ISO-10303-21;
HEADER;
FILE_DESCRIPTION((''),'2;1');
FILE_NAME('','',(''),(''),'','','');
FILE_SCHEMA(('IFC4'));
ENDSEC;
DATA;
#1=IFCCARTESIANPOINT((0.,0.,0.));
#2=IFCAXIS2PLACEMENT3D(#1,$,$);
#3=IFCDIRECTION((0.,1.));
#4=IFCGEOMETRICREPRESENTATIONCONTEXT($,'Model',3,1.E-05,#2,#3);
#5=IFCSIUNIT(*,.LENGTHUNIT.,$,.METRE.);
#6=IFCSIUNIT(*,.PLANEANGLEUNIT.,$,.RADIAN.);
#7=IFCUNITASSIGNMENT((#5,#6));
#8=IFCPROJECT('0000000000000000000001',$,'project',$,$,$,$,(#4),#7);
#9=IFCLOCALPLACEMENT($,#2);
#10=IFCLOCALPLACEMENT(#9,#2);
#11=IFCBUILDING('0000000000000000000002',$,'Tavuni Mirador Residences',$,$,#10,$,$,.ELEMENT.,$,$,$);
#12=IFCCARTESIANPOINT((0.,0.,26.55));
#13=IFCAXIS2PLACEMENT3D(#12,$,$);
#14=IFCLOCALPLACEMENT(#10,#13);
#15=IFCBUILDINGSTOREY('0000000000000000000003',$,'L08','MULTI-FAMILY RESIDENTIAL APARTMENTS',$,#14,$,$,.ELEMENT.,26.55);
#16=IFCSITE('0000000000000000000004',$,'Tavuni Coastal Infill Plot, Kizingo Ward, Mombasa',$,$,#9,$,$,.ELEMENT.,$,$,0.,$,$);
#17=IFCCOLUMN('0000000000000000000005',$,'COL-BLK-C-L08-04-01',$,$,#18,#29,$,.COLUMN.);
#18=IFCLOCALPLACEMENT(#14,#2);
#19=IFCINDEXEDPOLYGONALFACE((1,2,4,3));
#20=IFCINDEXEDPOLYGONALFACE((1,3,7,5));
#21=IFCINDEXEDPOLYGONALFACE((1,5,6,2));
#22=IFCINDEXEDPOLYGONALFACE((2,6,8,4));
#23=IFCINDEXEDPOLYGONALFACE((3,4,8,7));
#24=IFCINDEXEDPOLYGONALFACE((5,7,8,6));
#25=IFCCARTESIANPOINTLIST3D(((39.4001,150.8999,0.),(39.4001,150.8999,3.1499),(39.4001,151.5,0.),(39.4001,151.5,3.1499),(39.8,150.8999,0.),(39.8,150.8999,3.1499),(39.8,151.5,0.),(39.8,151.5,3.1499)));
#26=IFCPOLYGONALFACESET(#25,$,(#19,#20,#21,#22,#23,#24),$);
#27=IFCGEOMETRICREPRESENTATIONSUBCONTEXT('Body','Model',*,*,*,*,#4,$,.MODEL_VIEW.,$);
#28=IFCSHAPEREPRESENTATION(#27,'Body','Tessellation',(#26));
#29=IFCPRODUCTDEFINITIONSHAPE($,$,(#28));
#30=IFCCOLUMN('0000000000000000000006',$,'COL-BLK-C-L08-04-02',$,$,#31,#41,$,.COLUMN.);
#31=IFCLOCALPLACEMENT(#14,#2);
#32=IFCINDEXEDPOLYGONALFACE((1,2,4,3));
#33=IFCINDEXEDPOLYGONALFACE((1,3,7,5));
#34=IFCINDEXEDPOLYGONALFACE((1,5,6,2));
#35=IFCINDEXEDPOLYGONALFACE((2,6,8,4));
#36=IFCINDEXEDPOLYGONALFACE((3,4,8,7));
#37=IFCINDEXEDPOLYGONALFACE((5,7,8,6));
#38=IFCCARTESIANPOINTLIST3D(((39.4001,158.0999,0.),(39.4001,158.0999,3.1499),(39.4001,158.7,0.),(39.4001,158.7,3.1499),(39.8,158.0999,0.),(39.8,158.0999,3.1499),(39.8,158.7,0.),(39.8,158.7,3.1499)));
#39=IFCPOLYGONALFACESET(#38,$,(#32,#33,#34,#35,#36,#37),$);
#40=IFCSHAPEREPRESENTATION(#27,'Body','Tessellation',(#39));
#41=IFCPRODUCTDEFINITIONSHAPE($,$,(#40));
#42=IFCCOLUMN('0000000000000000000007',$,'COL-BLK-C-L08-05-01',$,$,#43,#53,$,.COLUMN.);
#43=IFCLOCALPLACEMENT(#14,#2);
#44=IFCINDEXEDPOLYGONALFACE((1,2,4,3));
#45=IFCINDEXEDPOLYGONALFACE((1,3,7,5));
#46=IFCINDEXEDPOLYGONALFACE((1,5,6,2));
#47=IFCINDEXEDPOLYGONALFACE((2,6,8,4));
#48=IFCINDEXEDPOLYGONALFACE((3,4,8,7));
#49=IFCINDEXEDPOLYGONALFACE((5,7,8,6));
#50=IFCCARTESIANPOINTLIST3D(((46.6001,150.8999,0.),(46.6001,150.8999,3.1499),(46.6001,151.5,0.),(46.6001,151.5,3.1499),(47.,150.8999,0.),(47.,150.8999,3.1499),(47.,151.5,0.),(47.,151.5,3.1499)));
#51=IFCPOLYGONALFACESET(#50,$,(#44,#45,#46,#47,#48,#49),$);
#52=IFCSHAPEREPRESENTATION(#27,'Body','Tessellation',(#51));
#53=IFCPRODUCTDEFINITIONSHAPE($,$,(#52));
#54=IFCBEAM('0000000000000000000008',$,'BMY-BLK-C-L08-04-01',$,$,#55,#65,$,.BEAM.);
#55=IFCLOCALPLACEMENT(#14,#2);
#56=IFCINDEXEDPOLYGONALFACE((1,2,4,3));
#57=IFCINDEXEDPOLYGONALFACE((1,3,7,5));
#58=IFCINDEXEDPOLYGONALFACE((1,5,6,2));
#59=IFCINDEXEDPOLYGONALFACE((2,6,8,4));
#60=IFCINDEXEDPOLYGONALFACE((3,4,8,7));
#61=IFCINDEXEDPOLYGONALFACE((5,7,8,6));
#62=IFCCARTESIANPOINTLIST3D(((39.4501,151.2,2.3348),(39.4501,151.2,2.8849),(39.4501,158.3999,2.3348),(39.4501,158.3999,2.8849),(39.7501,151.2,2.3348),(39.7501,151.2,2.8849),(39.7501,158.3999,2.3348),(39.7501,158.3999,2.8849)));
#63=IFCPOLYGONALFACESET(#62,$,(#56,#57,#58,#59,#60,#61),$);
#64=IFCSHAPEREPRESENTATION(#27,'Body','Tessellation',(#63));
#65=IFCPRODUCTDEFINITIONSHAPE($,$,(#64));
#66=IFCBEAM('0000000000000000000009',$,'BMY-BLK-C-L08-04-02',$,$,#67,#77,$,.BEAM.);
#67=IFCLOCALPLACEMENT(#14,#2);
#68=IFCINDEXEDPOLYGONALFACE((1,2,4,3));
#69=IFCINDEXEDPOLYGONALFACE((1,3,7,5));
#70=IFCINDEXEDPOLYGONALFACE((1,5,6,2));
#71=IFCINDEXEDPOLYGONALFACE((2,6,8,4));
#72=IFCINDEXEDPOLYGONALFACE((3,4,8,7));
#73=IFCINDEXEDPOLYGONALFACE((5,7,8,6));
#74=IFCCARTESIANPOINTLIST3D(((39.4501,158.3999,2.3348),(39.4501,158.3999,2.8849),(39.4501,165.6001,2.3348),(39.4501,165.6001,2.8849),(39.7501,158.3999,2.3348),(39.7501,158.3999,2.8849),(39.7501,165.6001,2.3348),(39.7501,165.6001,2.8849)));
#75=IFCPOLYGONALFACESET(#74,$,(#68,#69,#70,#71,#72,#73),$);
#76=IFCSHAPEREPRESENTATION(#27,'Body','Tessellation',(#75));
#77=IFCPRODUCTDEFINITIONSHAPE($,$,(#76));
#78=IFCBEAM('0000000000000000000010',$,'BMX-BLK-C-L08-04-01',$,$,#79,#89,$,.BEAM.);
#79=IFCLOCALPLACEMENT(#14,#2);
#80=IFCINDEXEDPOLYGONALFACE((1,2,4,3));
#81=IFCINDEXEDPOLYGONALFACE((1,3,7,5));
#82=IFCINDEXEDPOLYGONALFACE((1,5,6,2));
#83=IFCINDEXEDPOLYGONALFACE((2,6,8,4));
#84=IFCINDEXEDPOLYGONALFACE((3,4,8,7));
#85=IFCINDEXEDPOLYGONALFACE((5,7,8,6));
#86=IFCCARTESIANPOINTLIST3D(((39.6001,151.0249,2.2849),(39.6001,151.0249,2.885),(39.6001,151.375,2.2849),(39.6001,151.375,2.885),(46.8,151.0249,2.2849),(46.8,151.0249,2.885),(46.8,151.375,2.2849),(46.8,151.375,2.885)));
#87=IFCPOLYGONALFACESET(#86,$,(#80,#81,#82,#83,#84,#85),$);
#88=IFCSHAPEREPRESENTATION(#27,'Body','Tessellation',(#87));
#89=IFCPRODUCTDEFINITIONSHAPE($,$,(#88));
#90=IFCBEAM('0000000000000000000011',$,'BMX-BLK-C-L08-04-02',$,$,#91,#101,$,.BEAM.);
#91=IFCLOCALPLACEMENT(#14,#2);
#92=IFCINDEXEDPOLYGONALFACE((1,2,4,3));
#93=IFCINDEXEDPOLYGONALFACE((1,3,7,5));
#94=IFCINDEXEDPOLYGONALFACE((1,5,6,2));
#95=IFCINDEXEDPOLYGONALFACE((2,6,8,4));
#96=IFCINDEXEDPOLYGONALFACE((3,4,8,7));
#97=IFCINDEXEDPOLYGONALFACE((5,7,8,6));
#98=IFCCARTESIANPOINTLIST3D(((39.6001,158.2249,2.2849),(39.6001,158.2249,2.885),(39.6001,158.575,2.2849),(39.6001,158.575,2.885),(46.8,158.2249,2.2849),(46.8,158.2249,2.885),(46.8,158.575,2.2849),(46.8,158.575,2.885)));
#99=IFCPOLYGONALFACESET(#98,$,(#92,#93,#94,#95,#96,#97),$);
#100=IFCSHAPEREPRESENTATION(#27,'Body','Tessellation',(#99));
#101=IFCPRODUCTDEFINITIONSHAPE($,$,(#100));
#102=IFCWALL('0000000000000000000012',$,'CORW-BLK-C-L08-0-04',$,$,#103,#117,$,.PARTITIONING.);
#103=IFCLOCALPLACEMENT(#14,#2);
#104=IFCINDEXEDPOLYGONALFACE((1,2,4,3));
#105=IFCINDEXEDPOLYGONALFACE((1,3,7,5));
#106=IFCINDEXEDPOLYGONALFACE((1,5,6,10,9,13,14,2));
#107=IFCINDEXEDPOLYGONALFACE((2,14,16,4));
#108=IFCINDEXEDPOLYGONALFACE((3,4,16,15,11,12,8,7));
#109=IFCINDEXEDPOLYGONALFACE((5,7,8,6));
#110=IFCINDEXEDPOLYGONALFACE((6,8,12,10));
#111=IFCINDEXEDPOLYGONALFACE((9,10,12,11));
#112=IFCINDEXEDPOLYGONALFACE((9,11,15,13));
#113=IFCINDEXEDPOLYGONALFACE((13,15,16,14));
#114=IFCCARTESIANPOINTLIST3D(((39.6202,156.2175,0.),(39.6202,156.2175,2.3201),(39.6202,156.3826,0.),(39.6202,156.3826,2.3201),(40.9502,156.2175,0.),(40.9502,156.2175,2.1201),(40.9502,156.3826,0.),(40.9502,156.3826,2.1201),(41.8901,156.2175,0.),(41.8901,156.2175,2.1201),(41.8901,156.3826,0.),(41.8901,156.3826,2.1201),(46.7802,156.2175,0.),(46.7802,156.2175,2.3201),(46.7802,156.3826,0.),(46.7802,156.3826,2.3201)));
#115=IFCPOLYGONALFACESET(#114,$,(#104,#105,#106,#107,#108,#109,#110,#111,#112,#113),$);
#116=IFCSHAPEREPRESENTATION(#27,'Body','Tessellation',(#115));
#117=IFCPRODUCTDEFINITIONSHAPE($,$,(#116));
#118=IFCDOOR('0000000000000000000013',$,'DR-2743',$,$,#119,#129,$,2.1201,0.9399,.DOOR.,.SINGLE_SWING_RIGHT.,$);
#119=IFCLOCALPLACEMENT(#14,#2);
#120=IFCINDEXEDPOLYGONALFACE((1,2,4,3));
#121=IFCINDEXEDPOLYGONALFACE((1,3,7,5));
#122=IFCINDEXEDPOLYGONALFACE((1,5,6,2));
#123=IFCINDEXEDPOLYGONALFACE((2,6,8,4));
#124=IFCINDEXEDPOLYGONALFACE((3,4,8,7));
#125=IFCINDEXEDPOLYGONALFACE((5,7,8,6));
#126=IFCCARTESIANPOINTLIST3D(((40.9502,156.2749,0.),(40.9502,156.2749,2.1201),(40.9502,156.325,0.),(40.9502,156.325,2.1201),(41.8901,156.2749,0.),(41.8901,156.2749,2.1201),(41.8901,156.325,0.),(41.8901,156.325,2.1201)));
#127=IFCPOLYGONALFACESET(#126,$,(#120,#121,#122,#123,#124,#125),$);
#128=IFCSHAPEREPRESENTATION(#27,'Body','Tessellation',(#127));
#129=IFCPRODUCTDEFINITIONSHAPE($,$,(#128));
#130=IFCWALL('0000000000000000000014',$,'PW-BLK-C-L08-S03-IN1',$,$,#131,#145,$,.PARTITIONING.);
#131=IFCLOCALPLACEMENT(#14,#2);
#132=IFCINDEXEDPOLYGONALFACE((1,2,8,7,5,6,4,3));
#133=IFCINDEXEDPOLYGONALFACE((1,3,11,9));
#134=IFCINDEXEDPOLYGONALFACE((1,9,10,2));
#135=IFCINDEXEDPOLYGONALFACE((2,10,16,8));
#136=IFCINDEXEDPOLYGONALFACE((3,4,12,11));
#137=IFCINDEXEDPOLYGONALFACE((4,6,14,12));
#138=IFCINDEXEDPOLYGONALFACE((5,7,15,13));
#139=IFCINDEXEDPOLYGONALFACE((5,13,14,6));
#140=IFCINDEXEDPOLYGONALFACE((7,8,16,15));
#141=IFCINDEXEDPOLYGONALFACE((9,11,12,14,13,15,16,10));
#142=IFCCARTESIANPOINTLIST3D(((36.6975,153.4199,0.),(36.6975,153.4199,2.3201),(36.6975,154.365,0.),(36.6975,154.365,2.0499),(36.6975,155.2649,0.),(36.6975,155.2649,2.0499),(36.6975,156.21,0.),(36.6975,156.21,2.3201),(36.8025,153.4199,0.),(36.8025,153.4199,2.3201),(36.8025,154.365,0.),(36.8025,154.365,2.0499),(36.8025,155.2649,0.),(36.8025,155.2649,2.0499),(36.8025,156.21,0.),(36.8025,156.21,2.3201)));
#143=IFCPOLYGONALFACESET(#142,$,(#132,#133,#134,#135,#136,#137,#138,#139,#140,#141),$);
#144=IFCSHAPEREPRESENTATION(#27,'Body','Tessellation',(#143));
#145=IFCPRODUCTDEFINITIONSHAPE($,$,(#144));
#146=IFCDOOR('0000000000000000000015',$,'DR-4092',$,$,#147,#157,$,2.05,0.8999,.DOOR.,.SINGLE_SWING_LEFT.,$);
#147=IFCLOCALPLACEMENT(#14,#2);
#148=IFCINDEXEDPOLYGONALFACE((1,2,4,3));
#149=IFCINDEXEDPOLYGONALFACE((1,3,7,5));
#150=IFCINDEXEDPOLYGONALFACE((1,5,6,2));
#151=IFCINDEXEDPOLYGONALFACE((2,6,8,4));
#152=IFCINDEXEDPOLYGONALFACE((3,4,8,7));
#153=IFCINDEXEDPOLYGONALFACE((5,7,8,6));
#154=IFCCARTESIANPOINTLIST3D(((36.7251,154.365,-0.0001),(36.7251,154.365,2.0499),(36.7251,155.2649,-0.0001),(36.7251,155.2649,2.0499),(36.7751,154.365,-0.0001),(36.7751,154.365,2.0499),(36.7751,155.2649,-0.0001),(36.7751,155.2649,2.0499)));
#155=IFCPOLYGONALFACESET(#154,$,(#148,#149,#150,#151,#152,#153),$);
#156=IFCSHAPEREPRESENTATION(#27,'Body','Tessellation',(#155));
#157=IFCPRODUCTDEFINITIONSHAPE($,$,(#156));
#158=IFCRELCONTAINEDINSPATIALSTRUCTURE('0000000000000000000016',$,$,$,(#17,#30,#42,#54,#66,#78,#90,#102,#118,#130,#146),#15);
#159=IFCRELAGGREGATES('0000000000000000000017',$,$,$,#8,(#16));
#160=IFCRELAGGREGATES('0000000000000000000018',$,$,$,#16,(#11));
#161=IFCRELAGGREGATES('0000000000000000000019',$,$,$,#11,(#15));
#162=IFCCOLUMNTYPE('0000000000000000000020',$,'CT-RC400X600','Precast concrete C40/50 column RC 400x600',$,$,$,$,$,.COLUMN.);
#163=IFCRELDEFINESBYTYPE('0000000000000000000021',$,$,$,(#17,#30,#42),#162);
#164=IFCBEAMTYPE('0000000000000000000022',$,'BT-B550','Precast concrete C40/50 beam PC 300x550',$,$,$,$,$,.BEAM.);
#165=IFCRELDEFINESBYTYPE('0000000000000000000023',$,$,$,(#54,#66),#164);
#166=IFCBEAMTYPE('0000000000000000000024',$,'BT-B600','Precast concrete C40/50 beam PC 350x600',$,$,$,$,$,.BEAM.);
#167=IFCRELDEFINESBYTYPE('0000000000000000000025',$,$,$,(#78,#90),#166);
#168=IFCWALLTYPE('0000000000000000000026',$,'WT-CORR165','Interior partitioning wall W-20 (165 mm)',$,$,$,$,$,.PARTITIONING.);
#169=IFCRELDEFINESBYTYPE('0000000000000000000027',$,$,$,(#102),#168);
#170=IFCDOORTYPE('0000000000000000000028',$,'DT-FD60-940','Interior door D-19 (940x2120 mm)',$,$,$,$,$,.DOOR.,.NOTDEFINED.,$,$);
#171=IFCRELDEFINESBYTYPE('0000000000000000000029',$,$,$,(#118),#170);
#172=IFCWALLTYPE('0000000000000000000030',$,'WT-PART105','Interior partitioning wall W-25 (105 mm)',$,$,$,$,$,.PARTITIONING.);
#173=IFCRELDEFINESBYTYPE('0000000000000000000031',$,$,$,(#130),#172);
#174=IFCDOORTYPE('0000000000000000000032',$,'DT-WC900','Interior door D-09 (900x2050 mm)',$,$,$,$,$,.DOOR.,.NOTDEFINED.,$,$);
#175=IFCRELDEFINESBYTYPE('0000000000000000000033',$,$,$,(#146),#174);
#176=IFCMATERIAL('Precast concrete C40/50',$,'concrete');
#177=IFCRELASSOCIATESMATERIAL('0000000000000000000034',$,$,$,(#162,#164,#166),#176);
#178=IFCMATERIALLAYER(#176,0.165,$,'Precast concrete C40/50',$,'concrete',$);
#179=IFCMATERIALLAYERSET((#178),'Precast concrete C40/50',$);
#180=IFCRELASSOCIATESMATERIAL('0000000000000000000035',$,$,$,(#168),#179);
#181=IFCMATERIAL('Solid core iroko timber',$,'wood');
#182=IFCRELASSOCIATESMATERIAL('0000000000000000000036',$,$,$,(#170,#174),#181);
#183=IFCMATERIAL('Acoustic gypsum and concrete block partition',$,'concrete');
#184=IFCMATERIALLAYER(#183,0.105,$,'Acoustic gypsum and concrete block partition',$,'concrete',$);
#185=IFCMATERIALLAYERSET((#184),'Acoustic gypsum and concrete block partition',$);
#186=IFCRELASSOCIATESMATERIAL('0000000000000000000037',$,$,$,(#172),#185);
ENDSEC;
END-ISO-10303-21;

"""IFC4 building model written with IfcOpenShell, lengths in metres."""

from ifc_helpers import new_model, si_unit, direction, frame, frame_2d, origin, origin_2d, place, context, subcontext, project, spatial, rectangle, extrude, material, layer, layer_set, material_profile, profile_set, type_object, element, fill, save


model = new_model("IFC4")

# Units and contexts
model_context = context("Model", 3, precision=1e-05, world=origin(), true_north=direction((0.0, 1.0)))
body_context = subcontext(model_context, "Body", "Model", "MODEL_VIEW")
ifc_project = project(units=[si_unit("LENGTHUNIT", "METRE"), si_unit("PLANEANGLEUNIT", "RADIAN")], contexts=[model_context])

# Site, building, storey
site_placement = place(None, origin())
site = spatial("IfcSite", under=ifc_project, at=site_placement, Name="Tavuni Coastal Infill Plot, Kizingo Ward, Mombasa", CompositionType="ELEMENT", RefElevation=0.0)
building_placement = place(site_placement, origin())
building = spatial("IfcBuilding", under=site, at=building_placement, Name="Tavuni Mirador Residences", CompositionType="ELEMENT")
storey_placement = place(building_placement, frame((0.0, 0.0, 26.55)))
storey = spatial("IfcBuildingStorey", under=building, at=storey_placement, Name="L08", Description="MULTI-FAMILY RESIDENTIAL APARTMENTS", CompositionType="ELEMENT", Elevation=26.55)

# Columns
ifc_material_1 = material(Name="Precast concrete C40/50", Category="concrete")
ifc_material_profile_1 = material_profile(ifc_material_1, rectangle(XDim=0.3999, YDim=0.6001, at=origin_2d()), Name="RC 400x600", Category="concrete")
ifc_profile_set_1 = profile_set([ifc_material_profile_1], Name="Precast concrete C40/50")
column_type = type_object("IfcColumnType", Name="CT-RC400X600", Description="Precast concrete C40/50 column RC 400x600", PredefinedType="COLUMN", material=ifc_profile_set_1)
for number, where, z_axis, x_axis, name in (
    (1, (39.6001, 151.2, 0.0), (0.0, 0.0, 1.0), (1.0, 0.0, 0.0), "COL-BLK-C-L08-04-01"),
    (2, (39.6001, 158.3999, 0.0), (0.0, 0.0, 1.0), (1.0, 0.0, 0.0), "COL-BLK-C-L08-04-02"),
    (3, (46.8, 151.2, 0.0), (0.0, 0.0, 1.0), (1.0, 0.0, 0.0), "COL-BLK-C-L08-05-01"),
):
    element("IfcColumn", number, at=place(storey_placement, frame(where, z_axis=z_axis, x_axis=x_axis)), inside=storey, type_object=column_type, Name=name, PredefinedType="COLUMN", context=body_context, shape_type="SweptSolid", body=[
        extrude(rectangle(XDim=0.3999, YDim=0.6001, at=origin_2d()), origin(), (0.0, 0.0, 1.0), 3.1499),
    ])

# Beams
ifc_material_profile_2 = material_profile(ifc_material_1, rectangle(XDim=0.3, YDim=0.55, at=origin_2d()), Name="PC 300x550", Category="concrete")
ifc_profile_set_2 = profile_set([ifc_material_profile_2], Name="Precast concrete C40/50")
beam_type_1 = type_object("IfcBeamType", Name="BT-B550", Description="Precast concrete C40/50 beam PC 300x550", PredefinedType="BEAM", material=ifc_profile_set_2)
beam_1_placement = place(storey_placement, frame((39.6001, 151.2, 2.6099), z_axis=(0.0, 1.0, 0.0), x_axis=(-1.0, 0.0, 0.0)))
element("IfcBeam", 4, at=beam_1_placement, inside=storey, type_object=beam_type_1, Name="BMY-BLK-C-L08-04-01", PredefinedType="BEAM", context=body_context, shape_type="SweptSolid", body=[
    extrude(rectangle(XDim=0.3, YDim=0.55, at=origin_2d()), origin(), (0.0, 0.0, 1.0), 7.2),
])
beam_2_placement = place(storey_placement, frame((39.6001, 158.3999, 2.6099), z_axis=(0.0, 1.0, 0.0), x_axis=(-1.0, 0.0, 0.0)))
element("IfcBeam", 5, at=beam_2_placement, inside=storey, type_object=beam_type_1, Name="BMY-BLK-C-L08-04-02", PredefinedType="BEAM", context=body_context, shape_type="SweptSolid", body=[
    extrude(rectangle(XDim=0.3, YDim=0.55, at=origin_2d()), origin(), (0.0, 0.0, 1.0), 7.2002),
])
ifc_material_profile_3 = material_profile(ifc_material_1, rectangle(XDim=0.3501, YDim=0.6001, at=origin_2d()), Name="PC 350x600", Category="concrete")
ifc_profile_set_3 = profile_set([ifc_material_profile_3], Name="Precast concrete C40/50")
beam_type_2 = type_object("IfcBeamType", Name="BT-B600", Description="Precast concrete C40/50 beam PC 350x600", PredefinedType="BEAM", material=ifc_profile_set_3)
for number, where, z_axis, x_axis, name in (
    (6, (39.6001, 151.2, 2.585), (1.0, 0.0, 0.0), (0.0, 1.0, 0.0), "BMX-BLK-C-L08-04-01"),
    (7, (39.6001, 158.3999, 2.585), (1.0, 0.0, 0.0), (0.0, 1.0, 0.0), "BMX-BLK-C-L08-04-02"),
):
    element("IfcBeam", number, at=place(storey_placement, frame(where, z_axis=z_axis, x_axis=x_axis)), inside=storey, type_object=beam_type_2, Name=name, PredefinedType="BEAM", context=body_context, shape_type="SweptSolid", body=[
        extrude(rectangle(XDim=0.3501, YDim=0.6001, at=origin_2d()), origin(), (0.0, 0.0, 1.0), 7.2),
    ])

# Walls, openings, doors
ifc_material_2 = material(Name="Solid core iroko timber", Category="wood")
ifc_layer_1 = layer(ifc_material_1, 0.165, Name="Precast concrete C40/50", Category="concrete")
ifc_layer_set_1 = layer_set([ifc_layer_1], Name="Precast concrete C40/50")
wall_type_1 = type_object("IfcWallType", Name="WT-CORR165", Description="Interior partitioning wall W-20 (165 mm)", PredefinedType="PARTITIONING", material=ifc_layer_set_1)
wall_1_placement = place(storey_placement, frame((39.6201, 156.3, 0.0), z_axis=(0.0, 0.0, 1.0), x_axis=(1.0, 0.0, 0.0)))
wall_1 = element("IfcWall", 8, at=wall_1_placement, inside=storey, type_object=wall_type_1, Name="CORW-BLK-C-L08-0-04", PredefinedType="PARTITIONING", context=body_context, shape_type="SweptSolid", body=[
    extrude(rectangle(XDim=7.1599, YDim=0.165, at=frame_2d((3.5801, 0.0))), origin(), (0.0, 0.0, 1.0), 2.3201),
])
opening_1_placement = place(wall_1_placement, frame((1.3301, 0.0, 0.0)))
opening_1 = element("IfcOpeningElement", 9, at=opening_1_placement, cuts=wall_1, PredefinedType="OPENING", context=body_context, shape_type="SweptSolid", body=[
    extrude(rectangle(XDim=0.9399, YDim=2.1201, at=frame_2d((0.47, 1.0601))), frame((0.0, 0.0925, 0.0), z_axis=(0.0, -1.0, 0.0), x_axis=(1.0, 0.0, 0.0)), (0.0, 0.0, 1.0), 0.1851),
])
door_type_1 = type_object("IfcDoorType", Name="DT-FD60-940", Description="Interior door D-19 (940x2120 mm)", OperationType="NOTDEFINED", PredefinedType="DOOR", material=ifc_material_2)
door_1_placement = place(opening_1_placement, origin())
door_1 = element("IfcDoor", 10, at=door_1_placement, inside=storey, type_object=door_type_1, Name="DR-2743", OperationType="SINGLE_SWING_RIGHT", OverallHeight=2.1201, OverallWidth=0.9399, PredefinedType="DOOR", context=body_context, shape_type="SweptSolid", body=[
    extrude(rectangle(XDim=0.9399, YDim=2.1201, at=frame_2d((0.47, 1.0601))), frame((0.0, 0.0249, 0.0), z_axis=(0.0, -1.0, 0.0), x_axis=(1.0, 0.0, 0.0)), (0.0, 0.0, 1.0), 0.05),
])
fill(opening_1, door_1)
ifc_material_3 = material(Name="Acoustic gypsum and concrete block partition", Category="concrete")
ifc_layer_2 = layer(ifc_material_3, 0.105, Name="Acoustic gypsum and concrete block partition", Category="concrete")
ifc_layer_set_2 = layer_set([ifc_layer_2], Name="Acoustic gypsum and concrete block partition")
wall_type_2 = type_object("IfcWallType", Name="WT-PART105", Description="Interior partitioning wall W-25 (105 mm)", PredefinedType="PARTITIONING", material=ifc_layer_set_2)
wall_2_placement = place(storey_placement, frame((36.75, 153.4199, 0.0), z_axis=(0.0, 0.0, 1.0), x_axis=(0.0, 1.0, 0.0)))
wall_2 = element("IfcWall", 11, at=wall_2_placement, inside=storey, type_object=wall_type_2, Name="PW-BLK-C-L08-S03-IN1", PredefinedType="PARTITIONING", context=body_context, shape_type="SweptSolid", body=[
    extrude(rectangle(XDim=2.79, YDim=0.105, at=frame_2d((1.395, 0.0))), origin(), (0.0, 0.0, 1.0), 2.3201),
])
opening_2_placement = place(wall_2_placement, frame((0.9451, 0.0, 0.0)))
opening_2 = element("IfcOpeningElement", 12, at=opening_2_placement, cuts=wall_2, PredefinedType="OPENING", context=body_context, shape_type="SweptSolid", body=[
    extrude(rectangle(XDim=0.8999, YDim=2.05, at=frame_2d((0.45, 1.0249))), frame((0.0, 0.0625, 0.0), z_axis=(0.0, -1.0, 0.0), x_axis=(1.0, 0.0, 0.0)), (0.0, 0.0, 1.0), 0.125),
])
door_type_2 = type_object("IfcDoorType", Name="DT-WC900", Description="Interior door D-09 (900x2050 mm)", OperationType="NOTDEFINED", PredefinedType="DOOR", material=ifc_material_2)
door_2_placement = place(opening_2_placement, origin())
door_2 = element("IfcDoor", 13, at=door_2_placement, inside=storey, type_object=door_type_2, Name="DR-4092", OperationType="SINGLE_SWING_LEFT", OverallHeight=2.05, OverallWidth=0.8999, PredefinedType="DOOR", context=body_context, shape_type="SweptSolid", body=[
    extrude(rectangle(XDim=0.8999, YDim=2.05, at=frame_2d((0.45, 1.0249))), frame((0.0, 0.0249, 0.0), z_axis=(0.0, -1.0, 0.0), x_axis=(1.0, 0.0, 0.0)), (0.0, 0.0, 1.0), 0.05),
])
fill(opening_2, door_2)

save(model, "model.ifc")
